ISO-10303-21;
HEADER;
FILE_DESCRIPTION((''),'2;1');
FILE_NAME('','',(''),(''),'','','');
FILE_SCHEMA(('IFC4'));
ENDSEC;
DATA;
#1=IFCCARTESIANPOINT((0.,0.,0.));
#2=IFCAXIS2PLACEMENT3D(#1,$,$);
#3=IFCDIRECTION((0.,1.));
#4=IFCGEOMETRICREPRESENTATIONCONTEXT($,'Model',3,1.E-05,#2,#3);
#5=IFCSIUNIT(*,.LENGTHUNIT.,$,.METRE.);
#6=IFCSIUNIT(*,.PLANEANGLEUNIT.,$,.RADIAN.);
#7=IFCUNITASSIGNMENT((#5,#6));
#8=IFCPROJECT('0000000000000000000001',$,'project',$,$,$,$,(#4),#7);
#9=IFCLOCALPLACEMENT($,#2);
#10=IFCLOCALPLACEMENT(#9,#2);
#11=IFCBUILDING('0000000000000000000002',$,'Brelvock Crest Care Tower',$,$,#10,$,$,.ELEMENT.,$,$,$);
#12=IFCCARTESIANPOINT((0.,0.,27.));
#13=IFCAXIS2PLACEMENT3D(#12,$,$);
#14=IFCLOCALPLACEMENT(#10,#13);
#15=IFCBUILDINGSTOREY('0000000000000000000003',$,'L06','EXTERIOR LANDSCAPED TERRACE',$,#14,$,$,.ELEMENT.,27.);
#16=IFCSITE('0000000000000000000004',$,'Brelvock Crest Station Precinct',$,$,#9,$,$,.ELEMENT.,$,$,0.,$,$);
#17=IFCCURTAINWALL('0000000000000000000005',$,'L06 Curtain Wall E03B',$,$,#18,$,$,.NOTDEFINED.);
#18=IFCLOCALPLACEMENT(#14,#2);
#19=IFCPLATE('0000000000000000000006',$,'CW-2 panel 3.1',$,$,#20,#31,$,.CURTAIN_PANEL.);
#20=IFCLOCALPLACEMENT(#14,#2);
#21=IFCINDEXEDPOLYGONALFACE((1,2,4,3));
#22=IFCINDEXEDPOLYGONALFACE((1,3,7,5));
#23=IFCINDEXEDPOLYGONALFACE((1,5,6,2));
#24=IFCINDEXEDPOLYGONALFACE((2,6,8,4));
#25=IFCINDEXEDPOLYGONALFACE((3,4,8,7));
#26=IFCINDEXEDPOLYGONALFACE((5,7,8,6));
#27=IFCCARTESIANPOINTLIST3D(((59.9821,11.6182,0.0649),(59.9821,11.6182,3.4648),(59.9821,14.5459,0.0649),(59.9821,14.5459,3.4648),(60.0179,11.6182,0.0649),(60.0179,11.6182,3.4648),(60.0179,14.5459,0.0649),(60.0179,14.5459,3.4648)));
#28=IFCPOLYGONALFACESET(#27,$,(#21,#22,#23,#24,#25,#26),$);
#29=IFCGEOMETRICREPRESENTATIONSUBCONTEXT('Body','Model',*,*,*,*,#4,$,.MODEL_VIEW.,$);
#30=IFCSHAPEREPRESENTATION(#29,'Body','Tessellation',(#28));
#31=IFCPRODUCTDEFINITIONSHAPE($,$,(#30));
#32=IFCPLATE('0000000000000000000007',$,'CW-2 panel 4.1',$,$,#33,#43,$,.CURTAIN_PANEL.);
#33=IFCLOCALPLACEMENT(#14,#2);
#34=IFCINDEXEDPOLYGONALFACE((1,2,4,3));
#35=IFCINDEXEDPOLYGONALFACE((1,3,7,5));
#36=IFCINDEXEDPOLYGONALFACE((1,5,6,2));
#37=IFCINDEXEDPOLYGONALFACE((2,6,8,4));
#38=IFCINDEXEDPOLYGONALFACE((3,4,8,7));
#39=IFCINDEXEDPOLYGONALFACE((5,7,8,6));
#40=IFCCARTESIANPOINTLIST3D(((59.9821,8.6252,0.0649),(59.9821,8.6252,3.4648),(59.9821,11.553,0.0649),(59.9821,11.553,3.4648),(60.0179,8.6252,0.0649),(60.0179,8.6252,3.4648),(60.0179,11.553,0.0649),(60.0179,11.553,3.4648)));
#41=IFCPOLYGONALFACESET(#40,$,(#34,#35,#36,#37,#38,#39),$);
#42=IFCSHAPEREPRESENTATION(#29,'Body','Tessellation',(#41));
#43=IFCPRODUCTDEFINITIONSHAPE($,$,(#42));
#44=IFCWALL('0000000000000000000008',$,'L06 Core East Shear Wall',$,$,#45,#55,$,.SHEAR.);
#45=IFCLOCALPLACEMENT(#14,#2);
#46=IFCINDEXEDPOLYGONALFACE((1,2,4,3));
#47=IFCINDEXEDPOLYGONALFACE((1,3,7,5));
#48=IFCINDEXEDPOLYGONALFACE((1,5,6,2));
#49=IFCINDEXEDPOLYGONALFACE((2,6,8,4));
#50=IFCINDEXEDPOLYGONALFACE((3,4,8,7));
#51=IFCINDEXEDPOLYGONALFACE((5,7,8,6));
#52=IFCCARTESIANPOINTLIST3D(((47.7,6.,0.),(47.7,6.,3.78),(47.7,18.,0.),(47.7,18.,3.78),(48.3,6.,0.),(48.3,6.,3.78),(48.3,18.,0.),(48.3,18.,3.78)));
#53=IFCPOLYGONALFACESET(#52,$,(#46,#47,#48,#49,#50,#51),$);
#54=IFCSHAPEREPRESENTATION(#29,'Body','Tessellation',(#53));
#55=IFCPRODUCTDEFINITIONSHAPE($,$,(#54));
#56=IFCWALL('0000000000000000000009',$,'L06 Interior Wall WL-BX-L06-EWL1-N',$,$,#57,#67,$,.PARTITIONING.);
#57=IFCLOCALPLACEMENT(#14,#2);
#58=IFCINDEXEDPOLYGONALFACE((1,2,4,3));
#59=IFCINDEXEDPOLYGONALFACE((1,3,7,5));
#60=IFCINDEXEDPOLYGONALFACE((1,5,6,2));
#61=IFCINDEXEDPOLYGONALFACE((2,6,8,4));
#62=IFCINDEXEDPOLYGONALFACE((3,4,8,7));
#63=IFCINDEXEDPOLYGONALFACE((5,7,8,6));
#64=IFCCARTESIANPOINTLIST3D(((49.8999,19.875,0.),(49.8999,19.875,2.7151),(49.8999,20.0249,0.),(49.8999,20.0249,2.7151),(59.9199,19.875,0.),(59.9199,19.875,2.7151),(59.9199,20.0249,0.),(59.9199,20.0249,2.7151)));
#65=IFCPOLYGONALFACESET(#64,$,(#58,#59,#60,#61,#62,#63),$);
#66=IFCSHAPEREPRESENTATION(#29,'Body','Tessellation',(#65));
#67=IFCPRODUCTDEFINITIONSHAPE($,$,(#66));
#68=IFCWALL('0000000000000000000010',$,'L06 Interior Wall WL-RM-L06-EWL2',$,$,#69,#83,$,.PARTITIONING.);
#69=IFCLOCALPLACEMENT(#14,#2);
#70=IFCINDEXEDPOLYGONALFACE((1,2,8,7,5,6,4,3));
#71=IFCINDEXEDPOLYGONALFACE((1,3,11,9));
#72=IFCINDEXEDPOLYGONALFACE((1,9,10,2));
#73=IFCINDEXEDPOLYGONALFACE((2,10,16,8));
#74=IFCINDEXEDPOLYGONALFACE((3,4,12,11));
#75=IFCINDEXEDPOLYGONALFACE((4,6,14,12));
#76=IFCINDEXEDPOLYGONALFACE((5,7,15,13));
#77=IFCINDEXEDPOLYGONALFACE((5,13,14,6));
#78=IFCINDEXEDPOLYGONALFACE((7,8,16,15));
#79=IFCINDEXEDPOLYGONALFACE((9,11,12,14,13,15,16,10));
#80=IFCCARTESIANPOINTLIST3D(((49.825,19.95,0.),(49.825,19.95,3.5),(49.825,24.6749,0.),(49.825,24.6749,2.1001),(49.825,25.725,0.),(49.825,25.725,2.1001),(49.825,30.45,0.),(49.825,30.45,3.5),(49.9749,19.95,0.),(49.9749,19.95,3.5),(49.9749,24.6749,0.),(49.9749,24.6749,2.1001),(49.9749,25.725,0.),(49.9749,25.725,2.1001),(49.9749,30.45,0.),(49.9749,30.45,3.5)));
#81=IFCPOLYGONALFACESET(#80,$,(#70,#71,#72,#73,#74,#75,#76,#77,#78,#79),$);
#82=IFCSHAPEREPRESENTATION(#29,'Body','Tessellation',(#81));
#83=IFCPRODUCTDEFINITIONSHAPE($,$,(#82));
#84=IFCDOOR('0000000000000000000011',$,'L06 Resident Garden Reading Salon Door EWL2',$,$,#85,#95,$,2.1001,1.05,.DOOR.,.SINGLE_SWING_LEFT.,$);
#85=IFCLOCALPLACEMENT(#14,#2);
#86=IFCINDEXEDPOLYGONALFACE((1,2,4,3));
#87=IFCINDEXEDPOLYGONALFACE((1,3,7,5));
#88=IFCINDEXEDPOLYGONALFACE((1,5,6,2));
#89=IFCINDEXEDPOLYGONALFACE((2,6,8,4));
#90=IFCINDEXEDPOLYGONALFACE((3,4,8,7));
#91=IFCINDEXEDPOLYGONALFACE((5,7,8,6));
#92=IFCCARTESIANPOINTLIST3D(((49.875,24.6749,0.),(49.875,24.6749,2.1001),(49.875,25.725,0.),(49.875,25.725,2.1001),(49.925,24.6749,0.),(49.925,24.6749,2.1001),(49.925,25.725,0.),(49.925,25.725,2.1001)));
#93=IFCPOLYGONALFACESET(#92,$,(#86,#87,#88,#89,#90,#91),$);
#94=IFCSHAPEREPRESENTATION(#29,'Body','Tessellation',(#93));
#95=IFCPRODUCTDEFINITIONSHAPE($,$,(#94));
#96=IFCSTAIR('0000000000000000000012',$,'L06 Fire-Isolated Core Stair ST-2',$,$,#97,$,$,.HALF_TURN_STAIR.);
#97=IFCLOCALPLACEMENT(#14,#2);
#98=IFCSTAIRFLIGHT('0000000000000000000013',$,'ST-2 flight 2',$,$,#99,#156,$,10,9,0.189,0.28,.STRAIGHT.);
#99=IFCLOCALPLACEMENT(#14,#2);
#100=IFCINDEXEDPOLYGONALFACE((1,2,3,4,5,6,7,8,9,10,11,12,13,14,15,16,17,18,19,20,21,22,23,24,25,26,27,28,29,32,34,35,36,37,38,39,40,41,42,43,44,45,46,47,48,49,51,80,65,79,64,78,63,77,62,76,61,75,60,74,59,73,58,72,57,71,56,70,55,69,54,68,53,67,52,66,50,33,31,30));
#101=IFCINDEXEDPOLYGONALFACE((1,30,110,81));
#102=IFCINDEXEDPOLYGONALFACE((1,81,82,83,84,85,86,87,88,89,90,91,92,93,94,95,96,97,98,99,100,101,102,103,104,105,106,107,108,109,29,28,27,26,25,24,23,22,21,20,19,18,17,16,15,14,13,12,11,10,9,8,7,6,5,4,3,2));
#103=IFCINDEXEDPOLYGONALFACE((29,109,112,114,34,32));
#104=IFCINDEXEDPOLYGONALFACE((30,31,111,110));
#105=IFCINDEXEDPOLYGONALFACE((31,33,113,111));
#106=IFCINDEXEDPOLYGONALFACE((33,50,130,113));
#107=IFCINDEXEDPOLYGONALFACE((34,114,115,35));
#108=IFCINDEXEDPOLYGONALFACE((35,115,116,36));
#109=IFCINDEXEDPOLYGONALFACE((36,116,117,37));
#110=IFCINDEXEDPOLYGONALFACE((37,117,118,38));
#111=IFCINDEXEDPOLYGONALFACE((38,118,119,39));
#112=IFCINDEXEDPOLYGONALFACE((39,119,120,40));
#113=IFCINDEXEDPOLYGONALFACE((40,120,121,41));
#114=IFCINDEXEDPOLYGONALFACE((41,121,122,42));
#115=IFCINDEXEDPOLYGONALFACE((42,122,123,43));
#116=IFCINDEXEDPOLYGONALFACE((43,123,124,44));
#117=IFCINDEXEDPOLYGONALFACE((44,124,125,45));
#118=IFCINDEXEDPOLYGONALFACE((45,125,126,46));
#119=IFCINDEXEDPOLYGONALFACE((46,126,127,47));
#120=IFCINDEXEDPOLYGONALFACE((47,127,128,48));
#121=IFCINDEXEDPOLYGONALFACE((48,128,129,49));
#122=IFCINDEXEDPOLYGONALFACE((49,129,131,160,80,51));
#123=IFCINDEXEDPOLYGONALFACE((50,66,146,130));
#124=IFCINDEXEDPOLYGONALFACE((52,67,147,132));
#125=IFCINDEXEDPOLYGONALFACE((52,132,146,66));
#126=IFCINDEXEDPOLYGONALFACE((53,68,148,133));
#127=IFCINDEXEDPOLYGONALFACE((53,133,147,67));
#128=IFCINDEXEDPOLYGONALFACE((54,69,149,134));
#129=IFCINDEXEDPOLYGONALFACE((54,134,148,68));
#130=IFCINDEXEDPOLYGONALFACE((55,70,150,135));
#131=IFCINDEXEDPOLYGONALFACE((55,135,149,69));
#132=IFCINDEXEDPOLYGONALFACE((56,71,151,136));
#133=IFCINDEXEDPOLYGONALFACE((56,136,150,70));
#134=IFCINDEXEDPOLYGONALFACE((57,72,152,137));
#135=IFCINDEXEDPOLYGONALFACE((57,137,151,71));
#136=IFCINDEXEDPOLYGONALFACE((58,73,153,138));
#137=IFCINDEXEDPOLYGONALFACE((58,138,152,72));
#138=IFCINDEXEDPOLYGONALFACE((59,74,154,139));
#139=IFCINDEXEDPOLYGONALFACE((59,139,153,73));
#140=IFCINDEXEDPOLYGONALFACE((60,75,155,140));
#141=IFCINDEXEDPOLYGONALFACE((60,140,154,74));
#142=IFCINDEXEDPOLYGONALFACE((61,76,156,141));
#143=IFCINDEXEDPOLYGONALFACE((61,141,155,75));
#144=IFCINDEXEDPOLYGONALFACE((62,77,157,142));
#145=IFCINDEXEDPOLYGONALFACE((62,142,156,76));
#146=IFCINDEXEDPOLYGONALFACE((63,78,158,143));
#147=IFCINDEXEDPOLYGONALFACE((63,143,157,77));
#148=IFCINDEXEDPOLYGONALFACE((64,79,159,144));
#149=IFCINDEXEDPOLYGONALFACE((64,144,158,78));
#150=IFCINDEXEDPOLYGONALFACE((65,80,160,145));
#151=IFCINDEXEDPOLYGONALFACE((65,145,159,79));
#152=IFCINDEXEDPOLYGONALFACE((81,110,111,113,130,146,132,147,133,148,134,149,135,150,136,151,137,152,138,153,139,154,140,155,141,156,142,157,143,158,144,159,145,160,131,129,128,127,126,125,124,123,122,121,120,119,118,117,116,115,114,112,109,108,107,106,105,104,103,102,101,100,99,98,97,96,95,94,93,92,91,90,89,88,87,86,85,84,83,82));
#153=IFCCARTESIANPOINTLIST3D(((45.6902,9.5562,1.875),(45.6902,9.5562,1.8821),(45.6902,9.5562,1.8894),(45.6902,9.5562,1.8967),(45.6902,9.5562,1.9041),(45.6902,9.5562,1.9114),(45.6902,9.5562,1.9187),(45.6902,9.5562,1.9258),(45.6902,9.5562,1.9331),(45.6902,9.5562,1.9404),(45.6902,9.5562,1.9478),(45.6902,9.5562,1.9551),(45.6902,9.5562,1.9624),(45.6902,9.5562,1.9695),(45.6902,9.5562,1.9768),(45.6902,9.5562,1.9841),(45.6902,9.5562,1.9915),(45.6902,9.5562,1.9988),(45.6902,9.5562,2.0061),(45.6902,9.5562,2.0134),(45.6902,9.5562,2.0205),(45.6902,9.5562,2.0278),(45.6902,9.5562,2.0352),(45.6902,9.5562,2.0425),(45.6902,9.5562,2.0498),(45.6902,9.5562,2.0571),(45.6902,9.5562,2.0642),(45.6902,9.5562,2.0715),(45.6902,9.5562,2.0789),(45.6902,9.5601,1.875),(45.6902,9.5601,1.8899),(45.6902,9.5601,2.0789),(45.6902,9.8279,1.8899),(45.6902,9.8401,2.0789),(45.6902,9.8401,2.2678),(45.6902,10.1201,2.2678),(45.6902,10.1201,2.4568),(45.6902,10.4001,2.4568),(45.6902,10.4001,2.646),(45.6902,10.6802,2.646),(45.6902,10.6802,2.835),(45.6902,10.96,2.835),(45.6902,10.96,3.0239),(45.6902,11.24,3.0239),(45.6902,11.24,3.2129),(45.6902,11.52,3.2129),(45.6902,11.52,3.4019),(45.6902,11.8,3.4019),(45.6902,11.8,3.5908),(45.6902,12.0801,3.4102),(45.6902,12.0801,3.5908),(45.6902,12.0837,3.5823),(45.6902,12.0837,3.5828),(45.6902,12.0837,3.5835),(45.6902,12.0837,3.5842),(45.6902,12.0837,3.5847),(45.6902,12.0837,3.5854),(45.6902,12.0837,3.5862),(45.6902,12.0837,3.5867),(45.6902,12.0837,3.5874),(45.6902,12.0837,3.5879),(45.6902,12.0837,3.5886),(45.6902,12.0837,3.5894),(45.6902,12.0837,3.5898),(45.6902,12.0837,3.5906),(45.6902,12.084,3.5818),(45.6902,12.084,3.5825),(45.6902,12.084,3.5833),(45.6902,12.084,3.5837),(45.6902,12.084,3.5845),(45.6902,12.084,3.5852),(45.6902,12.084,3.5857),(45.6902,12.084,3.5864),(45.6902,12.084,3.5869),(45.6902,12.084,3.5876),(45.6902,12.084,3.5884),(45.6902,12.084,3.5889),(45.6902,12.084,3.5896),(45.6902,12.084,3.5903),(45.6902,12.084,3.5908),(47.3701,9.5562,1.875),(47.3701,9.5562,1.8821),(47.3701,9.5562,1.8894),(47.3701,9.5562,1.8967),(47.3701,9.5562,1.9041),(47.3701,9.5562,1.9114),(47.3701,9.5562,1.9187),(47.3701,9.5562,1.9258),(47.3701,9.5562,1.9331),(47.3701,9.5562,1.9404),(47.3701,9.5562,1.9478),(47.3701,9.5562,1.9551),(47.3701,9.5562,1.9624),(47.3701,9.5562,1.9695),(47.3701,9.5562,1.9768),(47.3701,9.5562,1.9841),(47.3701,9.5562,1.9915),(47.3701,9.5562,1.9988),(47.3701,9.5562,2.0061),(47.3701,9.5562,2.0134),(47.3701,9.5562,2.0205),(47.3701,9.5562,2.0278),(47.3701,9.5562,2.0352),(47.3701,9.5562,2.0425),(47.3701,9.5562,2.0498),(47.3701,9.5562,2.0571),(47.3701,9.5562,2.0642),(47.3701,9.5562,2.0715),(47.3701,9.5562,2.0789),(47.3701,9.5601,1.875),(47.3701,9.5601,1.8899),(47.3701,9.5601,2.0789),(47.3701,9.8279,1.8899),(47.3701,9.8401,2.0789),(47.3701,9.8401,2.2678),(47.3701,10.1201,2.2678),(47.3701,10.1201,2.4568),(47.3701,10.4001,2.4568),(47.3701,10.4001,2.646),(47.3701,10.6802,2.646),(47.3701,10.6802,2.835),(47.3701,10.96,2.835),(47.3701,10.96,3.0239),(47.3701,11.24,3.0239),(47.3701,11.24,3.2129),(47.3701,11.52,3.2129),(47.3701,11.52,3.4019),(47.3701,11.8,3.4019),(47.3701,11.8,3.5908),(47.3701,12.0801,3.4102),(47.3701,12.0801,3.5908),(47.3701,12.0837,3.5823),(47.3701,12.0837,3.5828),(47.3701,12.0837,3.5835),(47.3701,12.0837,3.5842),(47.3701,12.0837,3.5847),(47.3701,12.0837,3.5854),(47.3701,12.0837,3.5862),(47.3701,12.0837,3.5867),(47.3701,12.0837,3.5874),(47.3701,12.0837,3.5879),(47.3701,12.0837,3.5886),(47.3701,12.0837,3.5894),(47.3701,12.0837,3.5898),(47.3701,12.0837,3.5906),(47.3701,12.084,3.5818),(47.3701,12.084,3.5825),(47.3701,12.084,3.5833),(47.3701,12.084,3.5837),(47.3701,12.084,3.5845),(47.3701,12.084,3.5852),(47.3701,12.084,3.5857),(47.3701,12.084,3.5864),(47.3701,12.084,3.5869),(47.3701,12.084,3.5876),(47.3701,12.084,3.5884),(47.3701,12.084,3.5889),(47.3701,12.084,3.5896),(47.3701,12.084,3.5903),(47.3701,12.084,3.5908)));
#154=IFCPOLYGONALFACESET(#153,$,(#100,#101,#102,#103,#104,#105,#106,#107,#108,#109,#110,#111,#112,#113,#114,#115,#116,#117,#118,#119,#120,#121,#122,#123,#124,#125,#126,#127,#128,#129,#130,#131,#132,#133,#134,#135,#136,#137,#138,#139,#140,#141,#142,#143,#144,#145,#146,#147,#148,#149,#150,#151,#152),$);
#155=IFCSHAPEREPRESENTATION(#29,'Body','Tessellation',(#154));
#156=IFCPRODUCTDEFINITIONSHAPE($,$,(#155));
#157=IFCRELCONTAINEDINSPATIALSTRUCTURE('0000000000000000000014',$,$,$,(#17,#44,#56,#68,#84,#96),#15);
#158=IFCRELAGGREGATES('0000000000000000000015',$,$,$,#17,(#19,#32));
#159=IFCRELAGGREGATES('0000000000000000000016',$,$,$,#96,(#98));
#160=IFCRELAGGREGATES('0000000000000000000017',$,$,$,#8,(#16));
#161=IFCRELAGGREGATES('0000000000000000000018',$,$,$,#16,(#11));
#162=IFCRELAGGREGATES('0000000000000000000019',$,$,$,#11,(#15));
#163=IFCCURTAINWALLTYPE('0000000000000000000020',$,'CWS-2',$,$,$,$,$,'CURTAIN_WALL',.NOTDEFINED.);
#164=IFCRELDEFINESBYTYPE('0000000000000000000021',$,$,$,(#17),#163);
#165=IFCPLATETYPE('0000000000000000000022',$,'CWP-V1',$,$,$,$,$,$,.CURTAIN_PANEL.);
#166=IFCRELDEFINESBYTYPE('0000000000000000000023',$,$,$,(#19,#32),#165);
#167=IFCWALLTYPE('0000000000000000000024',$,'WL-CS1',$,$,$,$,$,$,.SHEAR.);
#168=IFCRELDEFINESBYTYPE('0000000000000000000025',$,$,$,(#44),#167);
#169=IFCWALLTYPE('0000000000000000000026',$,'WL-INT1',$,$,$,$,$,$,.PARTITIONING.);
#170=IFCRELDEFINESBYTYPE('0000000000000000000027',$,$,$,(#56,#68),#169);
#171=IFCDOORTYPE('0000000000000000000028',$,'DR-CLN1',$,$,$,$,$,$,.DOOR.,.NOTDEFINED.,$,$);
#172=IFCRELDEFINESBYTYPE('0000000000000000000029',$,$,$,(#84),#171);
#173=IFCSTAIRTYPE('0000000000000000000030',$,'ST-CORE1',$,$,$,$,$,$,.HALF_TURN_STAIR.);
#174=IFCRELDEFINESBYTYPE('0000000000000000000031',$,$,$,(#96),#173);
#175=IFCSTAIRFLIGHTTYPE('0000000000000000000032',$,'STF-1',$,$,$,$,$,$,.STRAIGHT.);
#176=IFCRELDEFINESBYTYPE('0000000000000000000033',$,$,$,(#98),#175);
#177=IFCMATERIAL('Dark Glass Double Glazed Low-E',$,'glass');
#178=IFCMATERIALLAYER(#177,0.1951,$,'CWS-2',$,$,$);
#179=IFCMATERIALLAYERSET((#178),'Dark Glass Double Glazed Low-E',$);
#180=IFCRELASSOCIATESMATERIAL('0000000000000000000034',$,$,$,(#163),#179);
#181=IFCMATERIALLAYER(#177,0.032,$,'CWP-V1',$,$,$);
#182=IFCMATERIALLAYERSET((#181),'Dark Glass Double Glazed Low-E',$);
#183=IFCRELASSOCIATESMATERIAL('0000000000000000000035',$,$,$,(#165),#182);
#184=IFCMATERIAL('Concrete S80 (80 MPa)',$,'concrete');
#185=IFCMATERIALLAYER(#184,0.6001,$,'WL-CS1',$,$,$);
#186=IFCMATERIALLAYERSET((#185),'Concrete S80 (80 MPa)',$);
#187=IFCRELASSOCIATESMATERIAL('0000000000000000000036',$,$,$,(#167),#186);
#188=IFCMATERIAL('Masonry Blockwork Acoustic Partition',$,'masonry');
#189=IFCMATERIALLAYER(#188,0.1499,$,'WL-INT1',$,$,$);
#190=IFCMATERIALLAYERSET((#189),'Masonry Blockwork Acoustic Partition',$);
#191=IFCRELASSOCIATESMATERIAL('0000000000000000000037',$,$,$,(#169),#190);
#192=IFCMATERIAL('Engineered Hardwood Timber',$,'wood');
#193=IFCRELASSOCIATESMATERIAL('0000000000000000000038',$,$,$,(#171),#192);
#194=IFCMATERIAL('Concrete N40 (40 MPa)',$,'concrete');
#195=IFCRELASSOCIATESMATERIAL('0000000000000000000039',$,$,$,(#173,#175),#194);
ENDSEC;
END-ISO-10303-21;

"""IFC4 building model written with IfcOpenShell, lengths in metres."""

from ifc_helpers import new_model, si_unit, direction, frame, frame_2d, origin, origin_2d, place, context, subcontext, project, spatial, polyline, rectangle, outline, extrude, source, transform, mapped, material, layer, layer_set, type_object, element, fill, aggregate, save


model = new_model("IFC4")

# Units and contexts
model_context = context("Model", 3, precision=1e-05, world=origin(), true_north=direction((0.0, 1.0)))
body_context = subcontext(model_context, "Body", "Model", "MODEL_VIEW")
ifc_project = project(units=[si_unit("LENGTHUNIT", "METRE"), si_unit("PLANEANGLEUNIT", "RADIAN")], contexts=[model_context])

# Site, building, storey
site_placement = place(None, origin())
site = spatial("IfcSite", under=ifc_project, at=site_placement, Name="Brelvock Crest Station Precinct", CompositionType="ELEMENT", RefElevation=0.0)
building_placement = place(site_placement, origin())
building = spatial("IfcBuilding", under=site, at=building_placement, Name="Brelvock Crest Care Tower", CompositionType="ELEMENT")
storey_placement = place(building_placement, frame((0.0, 0.0, 27.0)))
storey = spatial("IfcBuildingStorey", under=building, at=storey_placement, Name="L06", Description="EXTERIOR LANDSCAPED TERRACE", CompositionType="ELEMENT", Elevation=27.0)

# Shared definitions
ifc_material_1 = material(Name="Concrete S80 (80 MPa)", Category="concrete")

# Curtain wall, plates
ifc_material_2 = material(Name="Dark Glass Double Glazed Low-E", Category="glass")
ifc_layer_1 = layer(ifc_material_2, 0.1951, Name="CWS-2")
ifc_layer_set_1 = layer_set([ifc_layer_1], Name="Dark Glass Double Glazed Low-E")
curtain_wall_type = type_object("IfcCurtainWallType", Name="CWS-2", ElementType="CURTAIN_WALL", PredefinedType="NOTDEFINED", material=ifc_layer_set_1)
curtain_wall_placement = place(storey_placement, origin())
curtain_wall = element("IfcCurtainWall", 1, at=curtain_wall_placement, inside=storey, type_object=curtain_wall_type, Name="L06 Curtain Wall E03B", PredefinedType="NOTDEFINED")
ifc_layer_2 = layer(ifc_material_2, 0.032, Name="CWP-V1")
ifc_layer_set_2 = layer_set([ifc_layer_2], Name="Dark Glass Double Glazed Low-E")
plate_type = type_object("IfcPlateType", Name="CWP-V1", PredefinedType="CURTAIN_PANEL", material=ifc_layer_set_2)
shared_shape_1 = source(origin(), body_context, "Body", "SweptSolid", [
    extrude(rectangle(XDim=2.9277, YDim=0.0359, at=origin_2d()), origin(), (0.0, 0.0, 1.0), 3.3999),
])
plate_1_placement = place(storey_placement, frame((60.0, 13.082, 0.0649), z_axis=(0.0, 0.0, 1.0), x_axis=(0.0, -1.0, 0.0)))
plate_1 = element("IfcPlate", 2, at=plate_1_placement, type_object=plate_type, Name="CW-2 panel 3.1", PredefinedType="CURTAIN_PANEL", context=body_context, shape_type="MappedRepresentation", body=[
    mapped(shared_shape_1, transform((0.0, 0.0, 0.0), x_axis=(1.0, 0.0, 0.0), y_axis=(0.0, 1.0, 0.0), z_axis=(0.0, 0.0, 1.0), scale=1.0)),
])
plate_2_placement = place(storey_placement, frame((60.0, 10.0891, 0.0649), z_axis=(0.0, 0.0, 1.0), x_axis=(0.0, -1.0, 0.0)))
plate_2 = element("IfcPlate", 3, at=plate_2_placement, type_object=plate_type, Name="CW-2 panel 4.1", PredefinedType="CURTAIN_PANEL", context=body_context, shape_type="MappedRepresentation", body=[
    mapped(shared_shape_1, transform((0.0, 0.0, 0.0), x_axis=(1.0, 0.0, 0.0), y_axis=(0.0, 1.0, 0.0), z_axis=(0.0, 0.0, 1.0), scale=1.0)),
])
aggregate(curtain_wall, [plate_1, plate_2])

# Walls
ifc_layer_3 = layer(ifc_material_1, 0.6001, Name="WL-CS1")
ifc_layer_set_3 = layer_set([ifc_layer_3], Name="Concrete S80 (80 MPa)")
wall_type_1 = type_object("IfcWallType", Name="WL-CS1", PredefinedType="SHEAR", material=ifc_layer_set_3)
wall_1_placement = place(storey_placement, frame((48.0, 18.0, 0.0), z_axis=(0.0, 0.0, 1.0), x_axis=(0.0, -1.0, 0.0)))
element("IfcWall", 4, at=wall_1_placement, inside=storey, type_object=wall_type_1, Name="L06 Core East Shear Wall", PredefinedType="SHEAR", context=body_context, shape_type="SweptSolid", body=[
    extrude(rectangle(XDim=12.0, YDim=0.6001, at=frame_2d((6.0, 0.0))), origin(), (0.0, 0.0, 1.0), 3.78),
])
ifc_material_3 = material(Name="Masonry Blockwork Acoustic Partition", Category="masonry")
ifc_layer_4 = layer(ifc_material_3, 0.1499, Name="WL-INT1")
ifc_layer_set_4 = layer_set([ifc_layer_4], Name="Masonry Blockwork Acoustic Partition")
wall_type_2 = type_object("IfcWallType", Name="WL-INT1", PredefinedType="PARTITIONING", material=ifc_layer_set_4)
wall_2_placement = place(storey_placement, frame((49.8999, 19.95, 0.0), z_axis=(0.0, 0.0, 1.0), x_axis=(1.0, 0.0, 0.0)))
element("IfcWall", 5, at=wall_2_placement, inside=storey, type_object=wall_type_2, Name="L06 Interior Wall WL-BX-L06-EWL1-N", PredefinedType="PARTITIONING", context=body_context, shape_type="SweptSolid", body=[
    extrude(rectangle(XDim=10.02, YDim=0.1499, at=frame_2d((5.01, 0.0))), origin(), (0.0, 0.0, 1.0), 2.7151),
])

# Wall, opening, door
wall_3_placement = place(storey_placement, frame((49.8999, 19.95, 0.0), z_axis=(0.0, 0.0, 1.0), x_axis=(0.0, 1.0, 0.0)))
wall_3 = element("IfcWall", 6, at=wall_3_placement, inside=storey, type_object=wall_type_2, Name="L06 Interior Wall WL-RM-L06-EWL2", PredefinedType="PARTITIONING", context=body_context, shape_type="SweptSolid", body=[
    extrude(rectangle(XDim=10.5, YDim=0.1499, at=frame_2d((5.25, 0.0))), origin(), (0.0, 0.0, 1.0), 3.5),
])
opening_placement = place(wall_3_placement, frame((4.7251, 0.0, 0.0)))
opening = element("IfcOpeningElement", 7, at=opening_placement, cuts=wall_3, PredefinedType="OPENING", context=body_context, shape_type="SweptSolid", body=[
    extrude(rectangle(XDim=1.05, YDim=2.1001, at=origin_2d()), frame((0.5249, 0.085, 1.05), z_axis=(0.0, -1.0, 0.0), x_axis=(1.0, 0.0, 0.0)), (0.0, 0.0, 1.0), 0.1699),
])
ifc_material_4 = material(Name="Engineered Hardwood Timber", Category="wood")
door_type = type_object("IfcDoorType", Name="DR-CLN1", OperationType="NOTDEFINED", PredefinedType="DOOR", material=ifc_material_4)
shared_shape_2 = source(origin(), body_context, "Body", "SweptSolid", [
    extrude(rectangle(XDim=1.05, YDim=2.1001, at=origin_2d()), frame((0.5249, 0.0249, 1.05), z_axis=(0.0, -1.0, 0.0), x_axis=(1.0, 0.0, 0.0)), (0.0, 0.0, 1.0), 0.05),
])
door_placement = place(opening_placement, origin())
door = element("IfcDoor", 8, at=door_placement, inside=storey, type_object=door_type, Name="L06 Resident Garden Reading Salon Door EWL2", OperationType="SINGLE_SWING_LEFT", OverallHeight=2.1001, OverallWidth=1.05, PredefinedType="DOOR", context=body_context, shape_type="MappedRepresentation", body=[
    mapped(shared_shape_2, transform((0.0, 0.0, 0.0), x_axis=(1.0, 0.0, 0.0), y_axis=(0.0, 1.0, 0.0), z_axis=(0.0, 0.0, 1.0), scale=1.0)),
])
fill(opening, door)

# Stair, stair flight
ifc_material_5 = material(Name="Concrete N40 (40 MPa)", Category="concrete")
stair_type = type_object("IfcStairType", Name="ST-CORE1", PredefinedType="HALF_TURN_STAIR", material=ifc_material_5)
stair_placement = place(storey_placement, origin())
stair = element("IfcStair", 9, at=stair_placement, inside=storey, type_object=stair_type, Name="L06 Fire-Isolated Core Stair ST-2", PredefinedType="HALF_TURN_STAIR")
stair_flight_type = type_object("IfcStairFlightType", Name="STF-1", PredefinedType="STRAIGHT", material=ifc_material_5)
stair_flight_placement = place(storey_placement, frame((46.53, 9.5601, 1.8899), z_axis=(0.0, 0.0, 1.0), x_axis=(0.0, 1.0, 0.0)))
stair_flight = element("IfcStairFlight", 10, at=stair_flight_placement, type_object=stair_flight_type, Name="ST-2 flight 2", NumberOfRisers=10, NumberOfTreads=9, PredefinedType="STRAIGHT", RiserHeight=0.189, TreadLength=0.28, context=body_context, shape_type="SweptSolid", body=[
    extrude(outline(polyline([(-0.0039, -0.0149), (-0.0039, -0.0078), (-0.0039, -0.0005), (-0.0039, 0.0068), (-0.0039, 0.0142), (-0.0039, 0.0215), (-0.0039, 0.0288), (-0.0039, 0.0359), (-0.0039, 0.0432), (-0.0039, 0.0505), (-0.0039, 0.0579), (-0.0039, 0.0652), (-0.0039, 0.0725), (-0.0039, 0.0796), (-0.0039, 0.0869), (-0.0039, 0.0942), (-0.0039, 0.1016), (-0.0039, 0.1089), (-0.0039, 0.1162), (-0.0039, 0.1235), (-0.0039, 0.1306), (-0.0039, 0.1379), (-0.0039, 0.1453), (-0.0039, 0.1526), (-0.0039, 0.1599), (-0.0039, 0.1672), (-0.0039, 0.1743), (-0.0039, 0.1816), (-0.0039, 0.189), (0.0, 0.189), (0.28, 0.189), (0.28, 0.3779), (0.5601, 0.3779), (0.5601, 0.5669), (0.8401, 0.5669), (0.8401, 0.7561), (1.1201, 0.7561), (1.1201, 0.9451), (1.3999, 0.9451), (1.3999, 1.134), (1.6799, 1.134), (1.6799, 1.323), (1.96, 1.323), (1.96, 1.512), (2.24, 1.512), (2.24, 1.7009), (2.52, 1.7009), (2.5239, 1.7009), (2.5237, 1.7007), (2.5239, 1.7004), (2.5237, 1.7), (2.5239, 1.6997), (2.5237, 1.6995), (2.5239, 1.699), (2.5237, 1.6987), (2.5239, 1.6985), (2.5237, 1.698), (2.5239, 1.6978), (2.5237, 1.6975), (2.5239, 1.697), (2.5237, 1.6968), (2.5239, 1.6965), (2.5237, 1.6963), (2.5239, 1.6958), (2.5237, 1.6956), (2.5239, 1.6953), (2.5237, 1.6948), (2.5239, 1.6946), (2.5237, 1.6943), (2.5239, 1.6938), (2.5237, 1.6936), (2.5239, 1.6934), (2.5237, 1.6929), (2.5239, 1.6926), (2.5237, 1.6924), (2.5239, 1.6919), (2.52, 1.5203), (0.2678, 0.0), (0.0, 0.0), (0.0, -0.0149), (-0.0039, -0.0149)])), frame((0.0, 0.8398, 0.0), z_axis=(0.0, -1.0, 0.0), x_axis=(1.0, 0.0, 0.0)), (0.0, 0.0, 1.0), 1.6799),
])
aggregate(stair, [stair_flight])

save(model, "model.ifc")
